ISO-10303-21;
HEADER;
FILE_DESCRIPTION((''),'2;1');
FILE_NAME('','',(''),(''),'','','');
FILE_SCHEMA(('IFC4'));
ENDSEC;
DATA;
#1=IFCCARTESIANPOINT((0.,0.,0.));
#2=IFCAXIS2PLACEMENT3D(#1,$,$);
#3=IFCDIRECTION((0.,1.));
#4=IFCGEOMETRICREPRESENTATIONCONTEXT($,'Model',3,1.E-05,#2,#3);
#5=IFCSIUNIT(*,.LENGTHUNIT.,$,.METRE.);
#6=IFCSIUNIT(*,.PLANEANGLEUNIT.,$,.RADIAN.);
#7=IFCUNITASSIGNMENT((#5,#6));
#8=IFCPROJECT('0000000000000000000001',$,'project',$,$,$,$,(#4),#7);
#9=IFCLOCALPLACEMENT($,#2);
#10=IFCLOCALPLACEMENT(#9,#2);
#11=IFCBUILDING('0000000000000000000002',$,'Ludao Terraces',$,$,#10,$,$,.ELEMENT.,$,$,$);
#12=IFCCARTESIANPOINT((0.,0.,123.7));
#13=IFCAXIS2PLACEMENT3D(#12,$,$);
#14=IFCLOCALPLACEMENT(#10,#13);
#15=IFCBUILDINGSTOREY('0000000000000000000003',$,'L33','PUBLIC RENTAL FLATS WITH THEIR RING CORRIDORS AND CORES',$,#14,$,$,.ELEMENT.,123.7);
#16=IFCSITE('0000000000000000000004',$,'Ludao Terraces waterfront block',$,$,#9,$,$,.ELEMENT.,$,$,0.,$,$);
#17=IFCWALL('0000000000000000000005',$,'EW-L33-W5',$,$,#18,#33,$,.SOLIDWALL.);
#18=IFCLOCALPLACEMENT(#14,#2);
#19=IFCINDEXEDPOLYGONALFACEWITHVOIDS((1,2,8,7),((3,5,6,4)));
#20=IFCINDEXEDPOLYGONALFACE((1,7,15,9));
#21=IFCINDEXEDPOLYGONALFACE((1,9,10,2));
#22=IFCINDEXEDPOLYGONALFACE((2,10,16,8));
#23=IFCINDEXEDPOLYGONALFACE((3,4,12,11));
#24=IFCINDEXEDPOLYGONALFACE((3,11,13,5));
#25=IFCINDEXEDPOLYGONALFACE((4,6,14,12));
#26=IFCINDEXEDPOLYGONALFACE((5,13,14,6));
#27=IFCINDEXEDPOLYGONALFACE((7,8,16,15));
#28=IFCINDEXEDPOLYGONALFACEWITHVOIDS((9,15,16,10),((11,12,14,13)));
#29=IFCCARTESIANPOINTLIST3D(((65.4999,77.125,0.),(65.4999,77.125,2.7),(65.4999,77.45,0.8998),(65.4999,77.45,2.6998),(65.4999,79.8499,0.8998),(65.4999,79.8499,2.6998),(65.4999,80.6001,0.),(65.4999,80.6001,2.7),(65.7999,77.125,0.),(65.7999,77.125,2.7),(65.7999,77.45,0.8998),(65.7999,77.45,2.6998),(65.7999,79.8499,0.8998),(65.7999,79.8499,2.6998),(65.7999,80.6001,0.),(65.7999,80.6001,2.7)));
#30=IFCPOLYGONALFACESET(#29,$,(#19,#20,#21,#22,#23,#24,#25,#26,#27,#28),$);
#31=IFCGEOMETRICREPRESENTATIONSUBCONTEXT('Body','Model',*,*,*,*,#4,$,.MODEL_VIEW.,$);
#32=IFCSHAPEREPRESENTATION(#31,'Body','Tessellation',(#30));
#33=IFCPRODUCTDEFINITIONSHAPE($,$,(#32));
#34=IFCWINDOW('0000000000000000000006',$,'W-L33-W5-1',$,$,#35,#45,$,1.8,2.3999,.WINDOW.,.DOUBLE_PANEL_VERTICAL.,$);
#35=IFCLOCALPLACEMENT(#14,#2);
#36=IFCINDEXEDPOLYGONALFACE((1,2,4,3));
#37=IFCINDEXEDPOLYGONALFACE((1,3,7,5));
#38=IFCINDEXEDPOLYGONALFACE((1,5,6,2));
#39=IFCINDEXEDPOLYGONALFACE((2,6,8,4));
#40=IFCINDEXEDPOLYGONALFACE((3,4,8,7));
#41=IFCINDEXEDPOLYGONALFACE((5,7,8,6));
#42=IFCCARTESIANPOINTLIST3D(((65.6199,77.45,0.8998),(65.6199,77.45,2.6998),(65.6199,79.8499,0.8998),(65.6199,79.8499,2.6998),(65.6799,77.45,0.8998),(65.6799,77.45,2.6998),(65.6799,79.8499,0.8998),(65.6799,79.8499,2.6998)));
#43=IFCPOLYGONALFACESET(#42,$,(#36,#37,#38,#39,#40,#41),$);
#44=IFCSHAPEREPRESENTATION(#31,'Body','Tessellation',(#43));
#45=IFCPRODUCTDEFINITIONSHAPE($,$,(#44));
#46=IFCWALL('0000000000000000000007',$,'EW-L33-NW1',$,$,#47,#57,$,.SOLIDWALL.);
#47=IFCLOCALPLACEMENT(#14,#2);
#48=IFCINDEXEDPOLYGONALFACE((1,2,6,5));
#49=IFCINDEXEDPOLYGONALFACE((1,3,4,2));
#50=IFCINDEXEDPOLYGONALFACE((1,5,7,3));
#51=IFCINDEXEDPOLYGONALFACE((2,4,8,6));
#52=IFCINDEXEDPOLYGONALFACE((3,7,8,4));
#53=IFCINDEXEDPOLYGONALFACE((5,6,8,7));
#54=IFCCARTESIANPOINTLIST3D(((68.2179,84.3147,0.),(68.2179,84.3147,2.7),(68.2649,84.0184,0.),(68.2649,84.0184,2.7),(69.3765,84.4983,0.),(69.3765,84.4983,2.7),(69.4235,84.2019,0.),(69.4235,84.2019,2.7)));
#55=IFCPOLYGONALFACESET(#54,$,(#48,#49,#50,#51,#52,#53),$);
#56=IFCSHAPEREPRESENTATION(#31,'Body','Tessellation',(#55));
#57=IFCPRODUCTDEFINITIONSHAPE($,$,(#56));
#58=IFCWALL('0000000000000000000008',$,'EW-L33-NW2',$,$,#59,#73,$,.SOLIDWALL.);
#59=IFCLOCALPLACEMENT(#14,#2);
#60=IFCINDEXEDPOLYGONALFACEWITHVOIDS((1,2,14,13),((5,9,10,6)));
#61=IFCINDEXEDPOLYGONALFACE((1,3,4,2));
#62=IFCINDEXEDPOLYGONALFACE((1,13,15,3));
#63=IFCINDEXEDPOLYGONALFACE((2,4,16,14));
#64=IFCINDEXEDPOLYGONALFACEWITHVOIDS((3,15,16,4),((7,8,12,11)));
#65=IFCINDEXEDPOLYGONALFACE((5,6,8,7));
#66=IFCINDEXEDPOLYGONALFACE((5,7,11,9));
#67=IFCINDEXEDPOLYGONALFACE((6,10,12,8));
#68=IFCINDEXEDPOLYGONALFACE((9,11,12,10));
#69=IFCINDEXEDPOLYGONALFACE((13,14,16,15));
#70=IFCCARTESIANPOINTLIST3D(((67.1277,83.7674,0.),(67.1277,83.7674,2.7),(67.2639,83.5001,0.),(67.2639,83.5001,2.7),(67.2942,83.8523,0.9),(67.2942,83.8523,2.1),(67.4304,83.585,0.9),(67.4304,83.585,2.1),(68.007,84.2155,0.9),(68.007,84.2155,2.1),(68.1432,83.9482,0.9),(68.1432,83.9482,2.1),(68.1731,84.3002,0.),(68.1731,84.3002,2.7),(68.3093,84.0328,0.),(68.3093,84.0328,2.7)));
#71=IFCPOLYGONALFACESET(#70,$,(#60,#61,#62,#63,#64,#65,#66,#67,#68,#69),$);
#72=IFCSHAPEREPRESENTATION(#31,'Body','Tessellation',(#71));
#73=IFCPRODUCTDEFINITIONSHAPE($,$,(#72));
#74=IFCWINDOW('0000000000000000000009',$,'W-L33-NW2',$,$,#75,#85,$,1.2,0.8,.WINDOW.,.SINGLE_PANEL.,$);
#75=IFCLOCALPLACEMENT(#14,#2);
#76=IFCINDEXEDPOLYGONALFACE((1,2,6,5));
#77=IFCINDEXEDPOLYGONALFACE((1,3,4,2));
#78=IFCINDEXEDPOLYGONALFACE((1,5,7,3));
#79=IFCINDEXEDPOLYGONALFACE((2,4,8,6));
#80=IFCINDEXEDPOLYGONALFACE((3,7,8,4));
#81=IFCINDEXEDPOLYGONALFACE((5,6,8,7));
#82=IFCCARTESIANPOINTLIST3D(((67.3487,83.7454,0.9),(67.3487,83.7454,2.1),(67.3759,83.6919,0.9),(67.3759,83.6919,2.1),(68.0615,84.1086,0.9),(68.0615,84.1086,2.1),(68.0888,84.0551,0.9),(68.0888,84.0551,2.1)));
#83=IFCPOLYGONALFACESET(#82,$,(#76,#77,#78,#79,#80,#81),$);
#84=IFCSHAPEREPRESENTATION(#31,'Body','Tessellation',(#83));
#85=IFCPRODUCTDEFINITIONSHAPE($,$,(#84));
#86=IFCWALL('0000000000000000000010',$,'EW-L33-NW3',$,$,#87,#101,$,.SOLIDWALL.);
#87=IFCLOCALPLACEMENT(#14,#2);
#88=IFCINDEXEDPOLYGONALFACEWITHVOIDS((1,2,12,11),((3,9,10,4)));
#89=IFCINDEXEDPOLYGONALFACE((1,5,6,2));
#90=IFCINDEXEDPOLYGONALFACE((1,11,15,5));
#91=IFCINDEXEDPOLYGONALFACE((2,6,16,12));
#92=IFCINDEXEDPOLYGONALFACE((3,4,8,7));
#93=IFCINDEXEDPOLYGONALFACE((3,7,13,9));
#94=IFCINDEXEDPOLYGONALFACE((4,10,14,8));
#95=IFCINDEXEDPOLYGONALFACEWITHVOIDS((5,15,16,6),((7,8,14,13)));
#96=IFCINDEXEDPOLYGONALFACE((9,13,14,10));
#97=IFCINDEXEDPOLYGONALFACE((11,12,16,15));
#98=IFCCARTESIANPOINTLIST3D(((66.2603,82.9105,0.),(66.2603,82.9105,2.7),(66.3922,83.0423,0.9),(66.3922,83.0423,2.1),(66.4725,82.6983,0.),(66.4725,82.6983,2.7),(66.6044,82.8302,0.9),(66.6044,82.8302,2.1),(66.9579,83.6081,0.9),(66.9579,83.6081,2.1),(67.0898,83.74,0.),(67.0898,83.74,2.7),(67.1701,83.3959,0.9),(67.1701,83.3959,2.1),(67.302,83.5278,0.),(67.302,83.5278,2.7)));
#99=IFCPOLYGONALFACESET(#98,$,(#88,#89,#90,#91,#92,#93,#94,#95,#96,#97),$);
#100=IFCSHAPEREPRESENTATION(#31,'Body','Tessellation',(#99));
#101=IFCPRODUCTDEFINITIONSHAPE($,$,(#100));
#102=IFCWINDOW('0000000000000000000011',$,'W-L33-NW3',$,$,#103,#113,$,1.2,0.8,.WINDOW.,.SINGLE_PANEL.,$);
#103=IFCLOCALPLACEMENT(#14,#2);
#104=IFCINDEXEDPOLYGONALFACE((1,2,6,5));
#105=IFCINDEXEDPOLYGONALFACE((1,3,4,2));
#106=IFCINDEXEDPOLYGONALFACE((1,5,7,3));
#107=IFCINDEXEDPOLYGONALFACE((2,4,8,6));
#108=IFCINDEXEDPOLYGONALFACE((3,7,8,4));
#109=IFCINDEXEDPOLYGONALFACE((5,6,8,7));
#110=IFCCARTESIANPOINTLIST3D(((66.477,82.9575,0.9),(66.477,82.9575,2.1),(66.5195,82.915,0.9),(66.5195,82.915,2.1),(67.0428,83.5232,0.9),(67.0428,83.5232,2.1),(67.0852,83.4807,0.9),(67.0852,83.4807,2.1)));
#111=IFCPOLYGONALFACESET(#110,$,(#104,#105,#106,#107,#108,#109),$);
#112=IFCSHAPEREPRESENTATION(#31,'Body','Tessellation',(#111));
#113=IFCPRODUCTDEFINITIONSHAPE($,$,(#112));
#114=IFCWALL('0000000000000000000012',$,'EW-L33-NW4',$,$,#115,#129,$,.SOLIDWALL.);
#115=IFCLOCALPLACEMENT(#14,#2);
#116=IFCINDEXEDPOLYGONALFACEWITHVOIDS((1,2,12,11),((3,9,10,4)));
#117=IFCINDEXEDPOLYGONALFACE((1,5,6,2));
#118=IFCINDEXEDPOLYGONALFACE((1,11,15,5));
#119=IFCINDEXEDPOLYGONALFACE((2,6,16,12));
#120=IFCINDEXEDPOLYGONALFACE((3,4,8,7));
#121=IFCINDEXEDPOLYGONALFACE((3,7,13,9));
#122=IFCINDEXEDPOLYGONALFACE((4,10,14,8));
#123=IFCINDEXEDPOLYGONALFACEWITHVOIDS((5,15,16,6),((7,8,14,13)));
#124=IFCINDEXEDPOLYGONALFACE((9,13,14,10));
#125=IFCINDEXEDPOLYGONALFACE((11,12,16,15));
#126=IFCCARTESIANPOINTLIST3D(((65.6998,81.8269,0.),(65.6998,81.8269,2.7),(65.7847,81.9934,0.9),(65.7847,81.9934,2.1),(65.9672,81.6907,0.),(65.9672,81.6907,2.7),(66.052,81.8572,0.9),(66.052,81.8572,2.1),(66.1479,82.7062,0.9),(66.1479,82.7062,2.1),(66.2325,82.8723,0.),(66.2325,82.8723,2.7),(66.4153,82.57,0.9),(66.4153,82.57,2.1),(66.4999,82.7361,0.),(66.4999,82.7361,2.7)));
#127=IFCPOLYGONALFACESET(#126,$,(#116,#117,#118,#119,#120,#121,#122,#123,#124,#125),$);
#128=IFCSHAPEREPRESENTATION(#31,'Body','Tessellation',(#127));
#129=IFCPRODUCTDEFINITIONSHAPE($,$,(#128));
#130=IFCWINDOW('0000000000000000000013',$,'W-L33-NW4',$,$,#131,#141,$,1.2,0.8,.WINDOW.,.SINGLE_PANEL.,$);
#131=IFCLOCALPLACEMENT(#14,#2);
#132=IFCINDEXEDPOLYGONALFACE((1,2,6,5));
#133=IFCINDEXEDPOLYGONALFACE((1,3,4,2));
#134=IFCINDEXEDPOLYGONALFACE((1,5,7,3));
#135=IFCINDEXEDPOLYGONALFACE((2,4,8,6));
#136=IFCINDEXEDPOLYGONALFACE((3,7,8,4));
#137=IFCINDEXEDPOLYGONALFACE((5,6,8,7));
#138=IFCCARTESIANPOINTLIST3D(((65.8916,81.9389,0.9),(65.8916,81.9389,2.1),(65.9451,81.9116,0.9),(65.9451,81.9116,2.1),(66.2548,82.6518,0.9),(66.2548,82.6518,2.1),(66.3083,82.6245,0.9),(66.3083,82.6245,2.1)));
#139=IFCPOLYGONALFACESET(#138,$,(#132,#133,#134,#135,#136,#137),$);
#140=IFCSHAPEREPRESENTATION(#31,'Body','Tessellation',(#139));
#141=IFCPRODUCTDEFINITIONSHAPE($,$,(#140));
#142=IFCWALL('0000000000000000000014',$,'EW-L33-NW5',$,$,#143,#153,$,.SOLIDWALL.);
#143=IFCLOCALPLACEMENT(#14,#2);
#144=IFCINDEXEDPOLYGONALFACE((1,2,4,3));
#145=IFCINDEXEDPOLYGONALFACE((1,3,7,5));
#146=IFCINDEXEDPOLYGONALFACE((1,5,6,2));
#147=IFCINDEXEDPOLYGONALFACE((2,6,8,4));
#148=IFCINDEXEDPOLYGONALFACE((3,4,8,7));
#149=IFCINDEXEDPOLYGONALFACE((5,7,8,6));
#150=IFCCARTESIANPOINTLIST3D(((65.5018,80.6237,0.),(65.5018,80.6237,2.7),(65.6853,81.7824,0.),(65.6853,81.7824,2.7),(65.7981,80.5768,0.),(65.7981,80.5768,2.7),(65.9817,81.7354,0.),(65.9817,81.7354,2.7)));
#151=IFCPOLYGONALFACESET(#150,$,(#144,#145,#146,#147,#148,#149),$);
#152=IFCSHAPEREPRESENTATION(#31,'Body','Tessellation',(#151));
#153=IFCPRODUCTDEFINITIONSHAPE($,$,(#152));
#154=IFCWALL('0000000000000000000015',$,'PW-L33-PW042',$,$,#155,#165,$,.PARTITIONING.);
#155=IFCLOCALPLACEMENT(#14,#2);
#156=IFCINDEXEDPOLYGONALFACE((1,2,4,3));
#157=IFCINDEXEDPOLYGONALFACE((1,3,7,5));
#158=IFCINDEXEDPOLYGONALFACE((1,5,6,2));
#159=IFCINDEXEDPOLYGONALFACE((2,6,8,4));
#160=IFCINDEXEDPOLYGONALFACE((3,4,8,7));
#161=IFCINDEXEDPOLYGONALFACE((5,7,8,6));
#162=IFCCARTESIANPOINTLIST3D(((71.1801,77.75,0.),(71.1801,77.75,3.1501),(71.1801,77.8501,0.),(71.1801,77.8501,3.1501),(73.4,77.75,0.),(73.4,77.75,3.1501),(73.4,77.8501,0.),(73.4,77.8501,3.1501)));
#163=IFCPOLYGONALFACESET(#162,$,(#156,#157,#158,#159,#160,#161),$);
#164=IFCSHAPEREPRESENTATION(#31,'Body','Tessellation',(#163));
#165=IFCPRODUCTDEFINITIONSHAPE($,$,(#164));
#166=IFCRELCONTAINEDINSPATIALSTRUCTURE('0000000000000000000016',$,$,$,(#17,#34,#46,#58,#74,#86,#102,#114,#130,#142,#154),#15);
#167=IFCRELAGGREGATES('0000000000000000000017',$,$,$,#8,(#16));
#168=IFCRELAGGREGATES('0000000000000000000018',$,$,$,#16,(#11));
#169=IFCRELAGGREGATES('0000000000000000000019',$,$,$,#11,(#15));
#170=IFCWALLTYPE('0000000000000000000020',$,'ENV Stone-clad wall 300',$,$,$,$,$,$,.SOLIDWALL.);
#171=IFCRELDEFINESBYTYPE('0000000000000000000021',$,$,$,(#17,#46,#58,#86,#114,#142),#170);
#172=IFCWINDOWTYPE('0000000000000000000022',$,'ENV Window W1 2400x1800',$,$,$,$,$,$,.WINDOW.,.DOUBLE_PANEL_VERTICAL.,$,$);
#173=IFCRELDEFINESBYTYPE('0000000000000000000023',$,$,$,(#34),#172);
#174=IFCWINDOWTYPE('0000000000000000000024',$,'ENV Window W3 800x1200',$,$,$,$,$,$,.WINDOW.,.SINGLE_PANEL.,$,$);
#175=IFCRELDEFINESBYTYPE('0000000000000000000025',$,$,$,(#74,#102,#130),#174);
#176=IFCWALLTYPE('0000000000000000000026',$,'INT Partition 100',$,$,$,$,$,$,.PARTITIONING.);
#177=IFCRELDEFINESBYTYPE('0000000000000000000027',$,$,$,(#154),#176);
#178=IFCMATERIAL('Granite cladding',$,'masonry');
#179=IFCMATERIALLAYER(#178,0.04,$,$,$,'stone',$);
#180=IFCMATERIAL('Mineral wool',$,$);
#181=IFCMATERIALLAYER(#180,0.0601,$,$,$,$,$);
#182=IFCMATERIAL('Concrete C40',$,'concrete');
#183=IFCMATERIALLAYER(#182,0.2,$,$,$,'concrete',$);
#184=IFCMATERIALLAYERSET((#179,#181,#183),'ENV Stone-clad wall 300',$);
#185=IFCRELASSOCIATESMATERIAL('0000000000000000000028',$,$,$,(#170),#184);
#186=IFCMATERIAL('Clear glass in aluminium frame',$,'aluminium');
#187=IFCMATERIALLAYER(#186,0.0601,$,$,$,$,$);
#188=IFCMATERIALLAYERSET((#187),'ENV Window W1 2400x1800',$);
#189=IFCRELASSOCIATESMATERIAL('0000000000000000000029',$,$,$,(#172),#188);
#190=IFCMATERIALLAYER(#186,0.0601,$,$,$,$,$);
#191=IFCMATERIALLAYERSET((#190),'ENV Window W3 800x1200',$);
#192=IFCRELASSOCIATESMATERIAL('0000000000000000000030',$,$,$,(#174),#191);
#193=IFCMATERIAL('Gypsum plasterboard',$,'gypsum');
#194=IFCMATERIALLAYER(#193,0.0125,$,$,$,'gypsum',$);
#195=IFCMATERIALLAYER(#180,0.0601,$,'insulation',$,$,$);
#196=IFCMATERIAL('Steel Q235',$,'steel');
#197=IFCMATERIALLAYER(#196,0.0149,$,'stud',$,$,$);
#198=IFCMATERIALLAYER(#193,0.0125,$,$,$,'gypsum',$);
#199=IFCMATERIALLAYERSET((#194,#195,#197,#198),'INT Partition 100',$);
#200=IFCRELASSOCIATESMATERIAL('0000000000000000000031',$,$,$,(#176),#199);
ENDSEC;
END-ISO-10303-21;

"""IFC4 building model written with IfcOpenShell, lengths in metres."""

from ifc_helpers import new_model, si_unit, direction, frame, frame_2d, origin, place, context, subcontext, project, spatial, rectangle, extrude, material, layer, layer_set, type_object, element, fill, save


model = new_model("IFC4")

# Units and contexts
model_context = context("Model", 3, precision=1e-05, world=origin(), true_north=direction((0.0, 1.0)))
body_context = subcontext(model_context, "Body", "Model", "MODEL_VIEW")
ifc_project = project(units=[si_unit("LENGTHUNIT", "METRE"), si_unit("PLANEANGLEUNIT", "RADIAN")], contexts=[model_context])

# Site, building, storey
site_placement = place(None, origin())
site = spatial("IfcSite", under=ifc_project, at=site_placement, Name="Ludao Terraces waterfront block", CompositionType="ELEMENT", RefElevation=0.0)
building_placement = place(site_placement, origin())
building = spatial("IfcBuilding", under=site, at=building_placement, Name="Ludao Terraces", CompositionType="ELEMENT")
storey_placement = place(building_placement, frame((0.0, 0.0, 123.7)))
storey = spatial("IfcBuildingStorey", under=building, at=storey_placement, Name="L33", Description="PUBLIC RENTAL FLATS WITH THEIR RING CORRIDORS AND CORES", CompositionType="ELEMENT", Elevation=123.7)

# Shared definitions
ifc_material_1 = material(Name="Concrete C40", Category="concrete")

# Shared definitions
ifc_material_2 = material(Name="Steel Q235", Category="steel")

# Shared definitions
ifc_material_3 = material(Name="Granite cladding", Category="masonry")
ifc_layer_1 = layer(ifc_material_3, 0.04, Category="stone")
ifc_material_4 = material(Name="Mineral wool")
ifc_layer_2 = layer(ifc_material_4, 0.0601)
ifc_layer_3 = layer(ifc_material_1, 0.2, Category="concrete")
ifc_layer_set_1 = layer_set([ifc_layer_1, ifc_layer_2, ifc_layer_3], Name="ENV Stone-clad wall 300")
wall_type_1 = type_object("IfcWallType", Name="ENV Stone-clad wall 300", PredefinedType="SOLIDWALL", material=ifc_layer_set_1)
ifc_material_5 = material(Name="Clear glass in aluminium frame", Category="aluminium")
ifc_layer_4 = layer(ifc_material_5, 0.0601)
ifc_layer_set_2 = layer_set([ifc_layer_4], Name="ENV Window W1 2400x1800")
window_type_1 = type_object("IfcWindowType", Name="ENV Window W1 2400x1800", PartitioningType="DOUBLE_PANEL_VERTICAL", PredefinedType="WINDOW", material=ifc_layer_set_2)

# Wall, opening, window
wall_1_placement = place(storey_placement, frame((65.6499, 77.125, 0.0), z_axis=(0.0, 0.0, 1.0), x_axis=(0.0, 1.0, 0.0)))
wall_1 = element("IfcWall", 1, at=wall_1_placement, inside=storey, type_object=wall_type_1, Name="EW-L33-W5", PredefinedType="SOLIDWALL", context=body_context, shape_type="SweptSolid", body=[
    extrude(rectangle(XDim=3.4751, YDim=0.3, at=frame_2d((1.7375, 0.0))), origin(), (0.0, 0.0, 1.0), 2.7),
])
opening_1_placement = place(wall_1_placement, frame((0.325, 0.0, 0.8999)))
opening_1 = element("IfcOpeningElement", 2, at=opening_1_placement, cuts=wall_1, PredefinedType="OPENING", context=body_context, shape_type="SweptSolid", body=[
    extrude(rectangle(XDim=2.3999, YDim=1.8, at=frame_2d((1.2, 0.8999))), frame((0.0, 0.1602, 0.0), z_axis=(0.0, -1.0, 0.0), x_axis=(1.0, 0.0, 0.0)), (0.0, 0.0, 1.0), 0.3201),
])
window_1_placement = place(opening_1_placement, origin())
window_1 = element("IfcWindow", 3, at=window_1_placement, inside=storey, type_object=window_type_1, Name="W-L33-W5-1", OverallHeight=1.8, OverallWidth=2.3999, PartitioningType="DOUBLE_PANEL_VERTICAL", PredefinedType="WINDOW", context=body_context, shape_type="SweptSolid", body=[
    extrude(rectangle(XDim=2.3999, YDim=1.8, at=frame_2d((1.2, 0.8999))), frame((0.0, 0.03, 0.0), z_axis=(0.0, -1.0, 0.0), x_axis=(1.0, 0.0, 0.0)), (0.0, 0.0, 1.0), 0.0601),
])
fill(opening_1, window_1)

# Wall
wall_2_placement = place(storey_placement, frame((69.3999, 84.3501, 0.0), z_axis=(0.0, 0.0, 1.0), x_axis=(-0.987678, -0.156497, 0.0)))
element("IfcWall", 4, at=wall_2_placement, inside=storey, type_object=wall_type_1, Name="EW-L33-NW1", PredefinedType="SOLIDWALL", context=body_context, shape_type="SweptSolid", body=[
    extrude(rectangle(XDim=1.1731, YDim=0.3, at=frame_2d((0.5864, 0.0))), origin(), (0.0, 0.0, 1.0), 2.7),
])

# Walls, openings, windows
wall_3_placement = place(storey_placement, frame((68.2412, 84.1665, 0.0), z_axis=(0.0, 0.0, 1.0), x_axis=(-0.890989, -0.454026, 0.0)))
wall_3 = element("IfcWall", 5, at=wall_3_placement, inside=storey, type_object=wall_type_1, Name="EW-L33-NW2", PredefinedType="SOLIDWALL", context=body_context, shape_type="SweptSolid", body=[
    extrude(rectangle(XDim=1.1733, YDim=0.3, at=frame_2d((0.5867, 0.0))), origin(), (0.0, 0.0, 1.0), 2.7),
])
opening_2_placement = place(wall_3_placement, frame((0.1865, 0.0, 0.8999)))
opening_2 = element("IfcOpeningElement", 6, at=opening_2_placement, cuts=wall_3, PredefinedType="OPENING", context=body_context, shape_type="SweptSolid", body=[
    extrude(rectangle(XDim=0.8, YDim=1.2, at=frame_2d((0.3999, 0.6001))), frame((0.0, 0.1602, 0.0), z_axis=(0.0, -1.0, 0.0), x_axis=(1.0, 0.0, 0.0)), (0.0, 0.0, 1.0), 0.3201),
])
ifc_layer_5 = layer(ifc_material_5, 0.0601)
ifc_layer_set_3 = layer_set([ifc_layer_5], Name="ENV Window W3 800x1200")
window_type_2 = type_object("IfcWindowType", Name="ENV Window W3 800x1200", PartitioningType="SINGLE_PANEL", PredefinedType="WINDOW", material=ifc_layer_set_3)
window_2_placement = place(opening_2_placement, origin())
window_2 = element("IfcWindow", 7, at=window_2_placement, inside=storey, type_object=window_type_2, Name="W-L33-NW2", OverallHeight=1.2, OverallWidth=0.8, PartitioningType="SINGLE_PANEL", PredefinedType="WINDOW", context=body_context, shape_type="SweptSolid", body=[
    extrude(rectangle(XDim=0.8, YDim=1.2, at=frame_2d((0.3999, 0.6001))), frame((0.0, 0.03, 0.0), z_axis=(0.0, -1.0, 0.0), x_axis=(1.0, 0.0, 0.0)), (0.0, 0.0, 1.0), 0.0601),
])
fill(opening_2, window_2)
wall_4_placement = place(storey_placement, frame((67.1958, 83.6338, 0.0), z_axis=(0.0, 0.0, 1.0), x_axis=(-0.707107, -0.707107, 0.0)))
wall_4 = element("IfcWall", 8, at=wall_4_placement, inside=storey, type_object=wall_type_1, Name="EW-L33-NW3", PredefinedType="SOLIDWALL", context=body_context, shape_type="SweptSolid", body=[
    extrude(rectangle(XDim=1.1731, YDim=0.3, at=frame_2d((0.5864, 0.0))), origin(), (0.0, 0.0, 1.0), 2.7),
])
opening_3_placement = place(wall_4_placement, frame((0.1865, 0.0, 0.8999)))
opening_3 = element("IfcOpeningElement", 9, at=opening_3_placement, cuts=wall_4, PredefinedType="OPENING", context=body_context, shape_type="SweptSolid", body=[
    extrude(rectangle(XDim=0.8, YDim=1.2, at=frame_2d((0.3999, 0.6001))), frame((0.0, 0.1602, 0.0), z_axis=(0.0, -1.0, 0.0), x_axis=(1.0, 0.0, 0.0)), (0.0, 0.0, 1.0), 0.3201),
])
window_3_placement = place(opening_3_placement, origin())
window_3 = element("IfcWindow", 10, at=window_3_placement, inside=storey, type_object=window_type_2, Name="W-L33-NW3", OverallHeight=1.2, OverallWidth=0.8, PartitioningType="SINGLE_PANEL", PredefinedType="WINDOW", context=body_context, shape_type="SweptSolid", body=[
    extrude(rectangle(XDim=0.8, YDim=1.2, at=frame_2d((0.3999, 0.6001))), frame((0.0, 0.03, 0.0), z_axis=(0.0, -1.0, 0.0), x_axis=(1.0, 0.0, 0.0)), (0.0, 0.0, 1.0), 0.0601),
])
fill(opening_3, window_3)
wall_5_placement = place(storey_placement, frame((66.3662, 82.8042, 0.0), z_axis=(0.0, 0.0, 1.0), x_axis=(-0.454026, -0.890989, 0.0)))
wall_5 = element("IfcWall", 11, at=wall_5_placement, inside=storey, type_object=wall_type_1, Name="EW-L33-NW4", PredefinedType="SOLIDWALL", context=body_context, shape_type="SweptSolid", body=[
    extrude(rectangle(XDim=1.1733, YDim=0.3, at=frame_2d((0.5867, 0.0))), origin(), (0.0, 0.0, 1.0), 2.7),
])
opening_4_placement = place(wall_5_placement, frame((0.1865, 0.0, 0.8999)))
opening_4 = element("IfcOpeningElement", 12, at=opening_4_placement, cuts=wall_5, PredefinedType="OPENING", context=body_context, shape_type="SweptSolid", body=[
    extrude(rectangle(XDim=0.8, YDim=1.2, at=frame_2d((0.3999, 0.6001))), frame((0.0, 0.1602, 0.0), z_axis=(0.0, -1.0, 0.0), x_axis=(1.0, 0.0, 0.0)), (0.0, 0.0, 1.0), 0.3201),
])
window_4_placement = place(opening_4_placement, origin())
window_4 = element("IfcWindow", 13, at=window_4_placement, inside=storey, type_object=window_type_2, Name="W-L33-NW4", OverallHeight=1.2, OverallWidth=0.8, PartitioningType="SINGLE_PANEL", PredefinedType="WINDOW", context=body_context, shape_type="SweptSolid", body=[
    extrude(rectangle(XDim=0.8, YDim=1.2, at=frame_2d((0.3999, 0.6001))), frame((0.0, 0.03, 0.0), z_axis=(0.0, -1.0, 0.0), x_axis=(1.0, 0.0, 0.0)), (0.0, 0.0, 1.0), 0.0601),
])
fill(opening_4, window_4)

# Walls
wall_6_placement = place(storey_placement, frame((65.8335, 81.7588, 0.0), z_axis=(0.0, 0.0, 1.0), x_axis=(-0.156497, -0.987678, 0.0)))
element("IfcWall", 14, at=wall_6_placement, inside=storey, type_object=wall_type_1, Name="EW-L33-NW5", PredefinedType="SOLIDWALL", context=body_context, shape_type="SweptSolid", body=[
    extrude(rectangle(XDim=1.1731, YDim=0.3, at=frame_2d((0.5864, 0.0))), origin(), (0.0, 0.0, 1.0), 2.7),
])
ifc_material_6 = material(Name="Gypsum plasterboard", Category="gypsum")
ifc_layer_6 = layer(ifc_material_6, 0.0125, Category="gypsum")
ifc_layer_7 = layer(ifc_material_4, 0.0601, Name="insulation")
ifc_layer_8 = layer(ifc_material_2, 0.0149, Name="stud")
ifc_layer_9 = layer(ifc_material_6, 0.0125, Category="gypsum")
ifc_layer_set_4 = layer_set([ifc_layer_6, ifc_layer_7, ifc_layer_8, ifc_layer_9], Name="INT Partition 100")
wall_type_2 = type_object("IfcWallType", Name="INT Partition 100", PredefinedType="PARTITIONING", material=ifc_layer_set_4)
wall_7_placement = place(storey_placement, frame((71.1802, 77.8, 0.0), z_axis=(0.0, 0.0, 1.0), x_axis=(1.0, 0.0, 0.0)))
element("IfcWall", 15, at=wall_7_placement, inside=storey, type_object=wall_type_2, Name="PW-L33-PW042", PredefinedType="PARTITIONING", context=body_context, shape_type="SweptSolid", body=[
    extrude(rectangle(XDim=2.22, YDim=0.1001, at=frame_2d((1.1099, 0.0))), origin(), (0.0, 0.0, 1.0), 3.1501),
])

save(model, "model.ifc")
